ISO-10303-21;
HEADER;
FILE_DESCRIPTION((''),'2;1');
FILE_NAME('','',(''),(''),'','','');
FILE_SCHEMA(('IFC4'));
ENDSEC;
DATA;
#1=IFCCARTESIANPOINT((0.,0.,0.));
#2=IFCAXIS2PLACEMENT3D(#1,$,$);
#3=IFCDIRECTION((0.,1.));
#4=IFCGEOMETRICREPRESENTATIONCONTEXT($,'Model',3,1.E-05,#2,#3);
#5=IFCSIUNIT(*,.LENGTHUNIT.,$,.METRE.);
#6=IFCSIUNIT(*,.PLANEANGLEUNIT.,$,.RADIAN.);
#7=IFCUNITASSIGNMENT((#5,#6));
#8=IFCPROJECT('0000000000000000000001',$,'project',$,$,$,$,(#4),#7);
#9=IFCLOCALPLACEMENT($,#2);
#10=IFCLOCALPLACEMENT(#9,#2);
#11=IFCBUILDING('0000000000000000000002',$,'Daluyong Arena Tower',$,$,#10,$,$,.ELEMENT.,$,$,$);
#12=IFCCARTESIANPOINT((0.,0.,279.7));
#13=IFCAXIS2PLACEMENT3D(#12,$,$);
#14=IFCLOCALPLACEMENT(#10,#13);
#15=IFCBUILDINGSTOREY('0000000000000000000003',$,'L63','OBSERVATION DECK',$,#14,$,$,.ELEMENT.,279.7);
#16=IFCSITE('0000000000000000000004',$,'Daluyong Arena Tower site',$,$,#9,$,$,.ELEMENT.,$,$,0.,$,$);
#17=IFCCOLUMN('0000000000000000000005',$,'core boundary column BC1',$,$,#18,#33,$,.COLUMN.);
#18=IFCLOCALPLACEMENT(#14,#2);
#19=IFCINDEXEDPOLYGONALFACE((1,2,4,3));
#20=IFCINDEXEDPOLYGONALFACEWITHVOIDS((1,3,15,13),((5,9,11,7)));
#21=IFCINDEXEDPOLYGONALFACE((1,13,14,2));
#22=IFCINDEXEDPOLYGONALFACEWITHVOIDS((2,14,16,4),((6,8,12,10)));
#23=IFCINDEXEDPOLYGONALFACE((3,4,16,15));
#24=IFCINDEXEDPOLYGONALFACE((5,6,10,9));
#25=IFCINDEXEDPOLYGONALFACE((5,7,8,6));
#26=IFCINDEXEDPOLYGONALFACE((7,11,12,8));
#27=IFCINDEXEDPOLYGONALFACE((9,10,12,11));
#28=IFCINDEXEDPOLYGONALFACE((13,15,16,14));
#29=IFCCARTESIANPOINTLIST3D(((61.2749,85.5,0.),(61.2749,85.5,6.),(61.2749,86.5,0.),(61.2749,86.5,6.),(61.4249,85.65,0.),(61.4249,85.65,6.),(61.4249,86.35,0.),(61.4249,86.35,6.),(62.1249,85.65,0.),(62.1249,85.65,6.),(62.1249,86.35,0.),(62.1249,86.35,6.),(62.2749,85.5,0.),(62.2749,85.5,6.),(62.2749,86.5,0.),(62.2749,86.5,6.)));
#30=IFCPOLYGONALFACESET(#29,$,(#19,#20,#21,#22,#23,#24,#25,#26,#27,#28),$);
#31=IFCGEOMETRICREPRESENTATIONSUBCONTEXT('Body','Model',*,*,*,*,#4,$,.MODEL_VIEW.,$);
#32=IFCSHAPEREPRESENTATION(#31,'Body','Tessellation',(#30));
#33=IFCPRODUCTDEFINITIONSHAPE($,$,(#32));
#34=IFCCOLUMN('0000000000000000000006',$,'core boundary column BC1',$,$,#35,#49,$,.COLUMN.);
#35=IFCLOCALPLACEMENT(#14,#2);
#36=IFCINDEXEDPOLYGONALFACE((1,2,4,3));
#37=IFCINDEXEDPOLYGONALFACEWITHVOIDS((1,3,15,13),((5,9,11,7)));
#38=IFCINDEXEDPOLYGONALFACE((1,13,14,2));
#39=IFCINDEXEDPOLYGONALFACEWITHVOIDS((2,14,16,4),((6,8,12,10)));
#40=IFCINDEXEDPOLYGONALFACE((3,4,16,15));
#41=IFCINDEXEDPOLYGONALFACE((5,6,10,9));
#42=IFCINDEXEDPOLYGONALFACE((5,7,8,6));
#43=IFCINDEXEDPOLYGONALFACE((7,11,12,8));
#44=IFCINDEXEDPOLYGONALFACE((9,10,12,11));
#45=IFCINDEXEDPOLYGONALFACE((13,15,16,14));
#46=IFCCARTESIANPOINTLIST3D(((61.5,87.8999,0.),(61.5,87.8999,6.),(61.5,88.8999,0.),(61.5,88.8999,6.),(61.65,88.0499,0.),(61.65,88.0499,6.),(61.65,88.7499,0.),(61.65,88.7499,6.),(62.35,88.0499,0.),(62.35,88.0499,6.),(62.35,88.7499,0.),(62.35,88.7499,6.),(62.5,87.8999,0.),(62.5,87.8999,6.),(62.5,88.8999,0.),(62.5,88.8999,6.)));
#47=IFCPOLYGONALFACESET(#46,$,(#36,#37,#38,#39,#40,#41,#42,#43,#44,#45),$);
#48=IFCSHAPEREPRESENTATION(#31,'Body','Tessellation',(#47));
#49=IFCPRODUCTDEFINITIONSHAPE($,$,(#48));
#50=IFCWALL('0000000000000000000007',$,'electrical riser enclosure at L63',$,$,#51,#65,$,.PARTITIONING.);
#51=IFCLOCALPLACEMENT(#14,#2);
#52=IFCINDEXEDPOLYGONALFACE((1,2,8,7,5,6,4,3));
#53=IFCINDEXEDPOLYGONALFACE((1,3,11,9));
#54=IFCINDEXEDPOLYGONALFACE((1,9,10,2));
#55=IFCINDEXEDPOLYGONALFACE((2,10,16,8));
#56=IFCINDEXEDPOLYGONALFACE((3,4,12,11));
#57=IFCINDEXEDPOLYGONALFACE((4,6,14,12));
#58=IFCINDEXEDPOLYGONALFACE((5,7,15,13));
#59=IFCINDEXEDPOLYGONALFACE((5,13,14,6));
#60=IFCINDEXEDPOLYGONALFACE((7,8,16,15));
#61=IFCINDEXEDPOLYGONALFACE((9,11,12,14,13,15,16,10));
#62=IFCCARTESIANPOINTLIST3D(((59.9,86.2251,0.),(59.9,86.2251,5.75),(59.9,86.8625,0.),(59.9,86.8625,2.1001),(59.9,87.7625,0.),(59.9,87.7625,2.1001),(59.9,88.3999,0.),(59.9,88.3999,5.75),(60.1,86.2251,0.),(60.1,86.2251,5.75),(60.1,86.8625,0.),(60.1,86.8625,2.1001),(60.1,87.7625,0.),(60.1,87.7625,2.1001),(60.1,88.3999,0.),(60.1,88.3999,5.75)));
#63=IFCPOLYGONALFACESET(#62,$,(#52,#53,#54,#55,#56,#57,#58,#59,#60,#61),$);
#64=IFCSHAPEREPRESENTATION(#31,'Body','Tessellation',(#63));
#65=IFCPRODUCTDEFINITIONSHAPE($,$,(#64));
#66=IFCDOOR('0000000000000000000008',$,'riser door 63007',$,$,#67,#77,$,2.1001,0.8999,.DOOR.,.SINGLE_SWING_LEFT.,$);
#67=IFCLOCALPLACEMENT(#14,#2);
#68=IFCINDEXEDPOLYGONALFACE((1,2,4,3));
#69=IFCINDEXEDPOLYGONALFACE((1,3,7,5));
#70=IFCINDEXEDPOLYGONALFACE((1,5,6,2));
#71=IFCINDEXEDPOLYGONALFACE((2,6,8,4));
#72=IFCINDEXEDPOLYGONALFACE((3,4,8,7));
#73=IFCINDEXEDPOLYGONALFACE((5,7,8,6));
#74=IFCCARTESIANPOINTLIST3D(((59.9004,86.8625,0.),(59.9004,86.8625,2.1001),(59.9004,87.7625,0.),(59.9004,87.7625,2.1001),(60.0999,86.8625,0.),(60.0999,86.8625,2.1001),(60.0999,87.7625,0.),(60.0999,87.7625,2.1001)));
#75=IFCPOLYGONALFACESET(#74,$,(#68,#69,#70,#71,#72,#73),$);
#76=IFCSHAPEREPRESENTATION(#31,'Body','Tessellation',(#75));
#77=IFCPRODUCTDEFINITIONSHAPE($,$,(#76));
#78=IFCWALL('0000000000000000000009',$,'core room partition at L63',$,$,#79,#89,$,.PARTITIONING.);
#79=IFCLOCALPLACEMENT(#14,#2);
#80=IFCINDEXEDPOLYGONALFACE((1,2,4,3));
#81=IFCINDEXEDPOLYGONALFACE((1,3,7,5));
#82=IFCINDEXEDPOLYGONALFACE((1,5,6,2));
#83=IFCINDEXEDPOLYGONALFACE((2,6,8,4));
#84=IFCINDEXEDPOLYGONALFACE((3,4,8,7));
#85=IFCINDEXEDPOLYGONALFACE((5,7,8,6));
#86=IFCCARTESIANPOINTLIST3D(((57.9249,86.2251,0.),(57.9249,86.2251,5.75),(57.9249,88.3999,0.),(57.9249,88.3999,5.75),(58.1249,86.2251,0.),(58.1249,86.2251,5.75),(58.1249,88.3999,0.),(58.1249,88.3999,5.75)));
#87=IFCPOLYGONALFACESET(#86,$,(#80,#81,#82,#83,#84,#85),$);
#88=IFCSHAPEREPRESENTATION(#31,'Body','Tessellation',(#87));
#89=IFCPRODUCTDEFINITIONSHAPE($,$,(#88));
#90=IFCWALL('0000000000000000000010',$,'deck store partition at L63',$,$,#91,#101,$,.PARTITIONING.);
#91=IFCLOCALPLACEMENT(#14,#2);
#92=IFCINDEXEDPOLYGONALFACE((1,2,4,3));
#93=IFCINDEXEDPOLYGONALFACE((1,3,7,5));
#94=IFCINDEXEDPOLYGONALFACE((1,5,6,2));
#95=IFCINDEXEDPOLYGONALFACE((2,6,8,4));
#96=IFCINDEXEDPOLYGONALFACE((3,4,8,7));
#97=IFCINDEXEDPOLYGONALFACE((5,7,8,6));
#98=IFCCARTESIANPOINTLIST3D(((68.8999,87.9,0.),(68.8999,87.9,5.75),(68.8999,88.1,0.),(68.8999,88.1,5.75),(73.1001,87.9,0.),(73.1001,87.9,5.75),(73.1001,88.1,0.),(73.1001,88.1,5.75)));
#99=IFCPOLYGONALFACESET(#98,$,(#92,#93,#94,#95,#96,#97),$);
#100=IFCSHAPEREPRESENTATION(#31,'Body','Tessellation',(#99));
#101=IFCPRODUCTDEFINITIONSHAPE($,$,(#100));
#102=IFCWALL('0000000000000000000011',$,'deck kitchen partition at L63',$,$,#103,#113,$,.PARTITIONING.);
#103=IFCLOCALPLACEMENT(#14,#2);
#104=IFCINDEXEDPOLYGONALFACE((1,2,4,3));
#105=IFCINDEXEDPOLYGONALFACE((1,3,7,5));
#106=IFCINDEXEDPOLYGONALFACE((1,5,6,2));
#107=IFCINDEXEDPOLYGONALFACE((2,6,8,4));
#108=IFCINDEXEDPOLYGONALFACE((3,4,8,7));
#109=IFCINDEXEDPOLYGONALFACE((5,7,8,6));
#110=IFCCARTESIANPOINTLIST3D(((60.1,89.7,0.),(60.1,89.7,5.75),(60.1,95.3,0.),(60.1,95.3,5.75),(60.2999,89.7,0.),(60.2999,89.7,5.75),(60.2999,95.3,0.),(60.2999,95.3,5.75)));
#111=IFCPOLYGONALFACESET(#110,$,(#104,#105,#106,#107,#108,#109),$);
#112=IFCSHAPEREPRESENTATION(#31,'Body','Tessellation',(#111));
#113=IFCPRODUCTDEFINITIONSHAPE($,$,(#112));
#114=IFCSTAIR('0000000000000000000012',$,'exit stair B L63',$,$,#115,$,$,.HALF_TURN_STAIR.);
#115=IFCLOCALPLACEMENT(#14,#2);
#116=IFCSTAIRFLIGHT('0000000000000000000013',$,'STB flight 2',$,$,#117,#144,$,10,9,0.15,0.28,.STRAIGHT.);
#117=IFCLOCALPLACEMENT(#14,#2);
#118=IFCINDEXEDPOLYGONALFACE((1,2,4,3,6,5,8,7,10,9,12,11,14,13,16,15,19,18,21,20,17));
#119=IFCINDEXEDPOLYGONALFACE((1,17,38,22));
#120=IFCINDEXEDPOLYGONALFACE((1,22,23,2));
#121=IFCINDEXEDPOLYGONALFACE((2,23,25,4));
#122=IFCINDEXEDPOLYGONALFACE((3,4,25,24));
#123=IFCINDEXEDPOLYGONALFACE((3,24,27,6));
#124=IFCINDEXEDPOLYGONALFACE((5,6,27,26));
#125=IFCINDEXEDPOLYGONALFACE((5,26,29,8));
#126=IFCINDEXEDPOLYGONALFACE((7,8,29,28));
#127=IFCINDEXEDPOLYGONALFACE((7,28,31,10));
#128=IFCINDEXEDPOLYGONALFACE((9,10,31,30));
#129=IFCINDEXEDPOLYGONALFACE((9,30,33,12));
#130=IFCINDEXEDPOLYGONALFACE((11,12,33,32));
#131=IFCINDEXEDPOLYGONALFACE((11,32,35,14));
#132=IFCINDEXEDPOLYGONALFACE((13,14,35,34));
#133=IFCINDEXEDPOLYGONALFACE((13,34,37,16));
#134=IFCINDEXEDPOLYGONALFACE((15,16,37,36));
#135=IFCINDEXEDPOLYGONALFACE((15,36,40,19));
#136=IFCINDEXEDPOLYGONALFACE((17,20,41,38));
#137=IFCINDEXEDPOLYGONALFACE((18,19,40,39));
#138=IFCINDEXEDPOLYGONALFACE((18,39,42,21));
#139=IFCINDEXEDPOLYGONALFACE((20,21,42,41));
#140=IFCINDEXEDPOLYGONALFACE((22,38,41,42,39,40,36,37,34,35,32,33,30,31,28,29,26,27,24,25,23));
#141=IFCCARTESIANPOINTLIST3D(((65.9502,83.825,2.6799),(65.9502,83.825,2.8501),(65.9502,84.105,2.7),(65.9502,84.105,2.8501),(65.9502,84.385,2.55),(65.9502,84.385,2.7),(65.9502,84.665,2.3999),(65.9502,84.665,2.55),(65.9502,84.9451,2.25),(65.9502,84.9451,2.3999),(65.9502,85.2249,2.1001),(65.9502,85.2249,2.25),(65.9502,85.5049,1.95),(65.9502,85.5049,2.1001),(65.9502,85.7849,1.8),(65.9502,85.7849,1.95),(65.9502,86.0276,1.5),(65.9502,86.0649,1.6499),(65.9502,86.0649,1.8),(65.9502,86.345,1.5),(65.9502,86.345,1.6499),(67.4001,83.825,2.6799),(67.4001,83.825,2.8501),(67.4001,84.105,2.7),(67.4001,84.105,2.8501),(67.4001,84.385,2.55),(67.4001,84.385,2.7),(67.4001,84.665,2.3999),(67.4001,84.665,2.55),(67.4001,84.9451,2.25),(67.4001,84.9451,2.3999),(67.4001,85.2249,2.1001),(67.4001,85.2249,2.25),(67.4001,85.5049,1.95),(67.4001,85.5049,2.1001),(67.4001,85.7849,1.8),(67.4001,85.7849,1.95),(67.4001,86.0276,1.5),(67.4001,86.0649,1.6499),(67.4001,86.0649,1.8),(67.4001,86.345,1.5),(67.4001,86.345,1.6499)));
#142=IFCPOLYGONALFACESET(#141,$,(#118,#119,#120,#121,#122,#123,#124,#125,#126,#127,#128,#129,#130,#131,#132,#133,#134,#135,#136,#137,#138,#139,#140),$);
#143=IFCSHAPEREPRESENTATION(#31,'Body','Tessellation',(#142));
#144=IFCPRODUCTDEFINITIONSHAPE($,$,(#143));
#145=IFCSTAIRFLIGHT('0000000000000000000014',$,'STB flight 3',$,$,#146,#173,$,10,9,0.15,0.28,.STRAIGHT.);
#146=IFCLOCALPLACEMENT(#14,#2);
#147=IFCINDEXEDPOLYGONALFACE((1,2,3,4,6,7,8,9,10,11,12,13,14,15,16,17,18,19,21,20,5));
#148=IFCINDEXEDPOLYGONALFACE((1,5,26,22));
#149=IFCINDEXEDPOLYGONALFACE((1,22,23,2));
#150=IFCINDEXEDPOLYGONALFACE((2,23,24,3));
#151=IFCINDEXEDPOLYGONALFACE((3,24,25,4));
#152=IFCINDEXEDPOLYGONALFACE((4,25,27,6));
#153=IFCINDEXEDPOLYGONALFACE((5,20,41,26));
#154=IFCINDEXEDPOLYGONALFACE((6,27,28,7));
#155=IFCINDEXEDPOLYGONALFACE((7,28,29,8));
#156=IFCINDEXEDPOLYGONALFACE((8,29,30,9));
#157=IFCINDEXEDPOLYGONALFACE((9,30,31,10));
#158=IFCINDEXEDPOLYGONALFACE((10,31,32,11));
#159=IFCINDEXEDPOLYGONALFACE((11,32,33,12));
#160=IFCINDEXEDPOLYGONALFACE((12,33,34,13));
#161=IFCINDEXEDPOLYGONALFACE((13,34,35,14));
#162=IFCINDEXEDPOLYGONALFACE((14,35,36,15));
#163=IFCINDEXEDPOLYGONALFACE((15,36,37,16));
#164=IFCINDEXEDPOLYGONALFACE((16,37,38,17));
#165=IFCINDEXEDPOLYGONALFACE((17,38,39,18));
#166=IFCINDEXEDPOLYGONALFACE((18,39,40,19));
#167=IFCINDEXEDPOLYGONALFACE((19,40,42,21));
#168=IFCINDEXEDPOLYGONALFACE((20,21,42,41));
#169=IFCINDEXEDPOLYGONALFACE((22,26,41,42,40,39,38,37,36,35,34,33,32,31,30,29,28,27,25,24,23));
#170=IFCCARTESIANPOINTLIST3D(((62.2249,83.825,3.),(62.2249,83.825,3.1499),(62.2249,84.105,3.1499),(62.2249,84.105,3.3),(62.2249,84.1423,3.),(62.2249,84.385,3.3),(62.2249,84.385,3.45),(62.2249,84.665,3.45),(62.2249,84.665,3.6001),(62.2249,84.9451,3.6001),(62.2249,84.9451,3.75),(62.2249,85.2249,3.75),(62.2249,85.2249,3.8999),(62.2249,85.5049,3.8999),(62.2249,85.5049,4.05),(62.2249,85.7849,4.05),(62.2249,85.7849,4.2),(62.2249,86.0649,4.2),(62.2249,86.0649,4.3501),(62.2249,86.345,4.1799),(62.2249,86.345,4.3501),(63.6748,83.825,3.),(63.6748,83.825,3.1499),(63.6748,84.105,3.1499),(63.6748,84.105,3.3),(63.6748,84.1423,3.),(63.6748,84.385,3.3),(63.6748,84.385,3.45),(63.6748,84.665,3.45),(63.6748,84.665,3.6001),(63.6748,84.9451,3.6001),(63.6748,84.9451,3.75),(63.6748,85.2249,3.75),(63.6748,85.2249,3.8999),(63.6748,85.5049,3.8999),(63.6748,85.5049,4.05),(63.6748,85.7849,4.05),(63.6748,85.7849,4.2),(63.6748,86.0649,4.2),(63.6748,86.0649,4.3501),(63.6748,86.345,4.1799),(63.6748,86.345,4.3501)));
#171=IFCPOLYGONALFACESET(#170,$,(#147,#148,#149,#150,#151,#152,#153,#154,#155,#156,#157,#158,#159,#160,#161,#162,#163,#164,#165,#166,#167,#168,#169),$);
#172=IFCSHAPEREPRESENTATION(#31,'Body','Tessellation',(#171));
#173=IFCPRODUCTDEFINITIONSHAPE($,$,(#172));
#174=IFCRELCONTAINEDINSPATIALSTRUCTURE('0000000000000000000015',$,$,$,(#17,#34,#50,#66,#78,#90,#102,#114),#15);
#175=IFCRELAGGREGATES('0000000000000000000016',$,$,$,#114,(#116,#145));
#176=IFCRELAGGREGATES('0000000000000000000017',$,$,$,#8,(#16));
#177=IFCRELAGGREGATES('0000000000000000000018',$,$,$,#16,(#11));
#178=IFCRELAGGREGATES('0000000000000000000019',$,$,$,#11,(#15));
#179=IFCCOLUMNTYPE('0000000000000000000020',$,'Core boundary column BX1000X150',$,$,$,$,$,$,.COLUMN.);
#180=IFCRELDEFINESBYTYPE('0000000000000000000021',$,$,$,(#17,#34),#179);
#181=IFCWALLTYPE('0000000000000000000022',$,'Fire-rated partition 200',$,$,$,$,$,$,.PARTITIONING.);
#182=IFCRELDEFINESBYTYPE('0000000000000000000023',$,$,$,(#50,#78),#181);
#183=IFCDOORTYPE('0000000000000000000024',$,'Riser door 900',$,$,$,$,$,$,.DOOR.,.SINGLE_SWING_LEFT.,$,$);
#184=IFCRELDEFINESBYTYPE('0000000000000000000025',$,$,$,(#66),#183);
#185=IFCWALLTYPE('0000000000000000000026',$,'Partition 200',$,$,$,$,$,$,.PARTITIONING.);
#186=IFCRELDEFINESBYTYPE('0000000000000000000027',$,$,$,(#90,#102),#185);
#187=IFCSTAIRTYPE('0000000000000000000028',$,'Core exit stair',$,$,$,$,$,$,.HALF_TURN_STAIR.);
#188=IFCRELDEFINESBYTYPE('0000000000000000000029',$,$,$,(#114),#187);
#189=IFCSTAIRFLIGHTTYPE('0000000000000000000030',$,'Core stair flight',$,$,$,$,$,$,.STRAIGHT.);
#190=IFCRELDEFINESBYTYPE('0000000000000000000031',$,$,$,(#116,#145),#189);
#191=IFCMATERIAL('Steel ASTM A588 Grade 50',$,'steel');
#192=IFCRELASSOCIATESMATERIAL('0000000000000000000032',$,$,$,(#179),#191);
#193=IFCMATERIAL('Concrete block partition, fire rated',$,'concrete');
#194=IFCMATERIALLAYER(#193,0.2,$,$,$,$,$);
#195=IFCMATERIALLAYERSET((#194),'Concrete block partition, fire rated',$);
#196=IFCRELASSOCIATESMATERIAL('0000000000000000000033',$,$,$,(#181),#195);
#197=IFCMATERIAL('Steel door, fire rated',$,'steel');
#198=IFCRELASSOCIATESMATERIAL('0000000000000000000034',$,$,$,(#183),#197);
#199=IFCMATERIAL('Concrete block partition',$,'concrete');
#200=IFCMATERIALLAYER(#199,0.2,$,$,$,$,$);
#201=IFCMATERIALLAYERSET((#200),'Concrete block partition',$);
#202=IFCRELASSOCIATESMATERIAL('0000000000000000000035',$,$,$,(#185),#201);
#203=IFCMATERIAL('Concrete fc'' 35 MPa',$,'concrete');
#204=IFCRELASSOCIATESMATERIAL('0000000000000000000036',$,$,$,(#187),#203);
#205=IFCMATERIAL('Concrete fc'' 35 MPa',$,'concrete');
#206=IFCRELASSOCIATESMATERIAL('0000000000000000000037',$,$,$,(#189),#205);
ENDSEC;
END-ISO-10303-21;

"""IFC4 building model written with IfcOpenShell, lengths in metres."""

from ifc_helpers import new_model, si_unit, direction, frame, frame_2d, origin, origin_2d, place, context, subcontext, project, spatial, polyline, rectangle, hollow_rectangle, outline, extrude, material, layer, layer_set, material_profile, profile_set, type_object, element, fill, aggregate, save


model = new_model("IFC4")

# Units and contexts
model_context = context("Model", 3, precision=1e-05, world=origin(), true_north=direction((0.0, 1.0)))
body_context = subcontext(model_context, "Body", "Model", "MODEL_VIEW")
ifc_project = project(units=[si_unit("LENGTHUNIT", "METRE"), si_unit("PLANEANGLEUNIT", "RADIAN")], contexts=[model_context])

# Site, building, storey
site_placement = place(None, origin())
site = spatial("IfcSite", under=ifc_project, at=site_placement, Name="Daluyong Arena Tower site", CompositionType="ELEMENT", RefElevation=0.0)
building_placement = place(site_placement, origin())
building = spatial("IfcBuilding", under=site, at=building_placement, Name="Daluyong Arena Tower", CompositionType="ELEMENT")
storey_placement = place(building_placement, frame((0.0, 0.0, 279.7)))
storey = spatial("IfcBuildingStorey", under=building, at=storey_placement, Name="L63", Description="OBSERVATION DECK", CompositionType="ELEMENT", Elevation=279.7)

# Columns
ifc_material_1 = material(Name="Steel ASTM A588 Grade 50", Category="steel")
ifc_material_profile = material_profile(ifc_material_1, hollow_rectangle(XDim=1.0, YDim=1.0, WallThickness=0.15, at=origin_2d()))
ifc_profile_set = profile_set([ifc_material_profile], Name="Steel ASTM A588 Grade 50")
column_type = type_object("IfcColumnType", Name="Core boundary column BX1000X150", PredefinedType="COLUMN", material=ifc_profile_set)
for number, where, z_axis, x_axis, name in (
    (1, (61.7749, 86.0, 0.0), (0.0, 0.0, 1.0), (1.0, 0.0, 0.0), "core boundary column BC1"),
    (2, (62.0, 88.3999, 0.0), (0.0, 0.0, 1.0), (1.0, 0.0, 0.0), "core boundary column BC1"),
):
    element("IfcColumn", number, at=place(storey_placement, frame(where, z_axis=z_axis, x_axis=x_axis)), inside=storey, type_object=column_type, Name=name, PredefinedType="COLUMN", context=body_context, shape_type="SweptSolid", body=[
        extrude(hollow_rectangle(XDim=1.0, YDim=1.0, WallThickness=0.15, at=origin_2d()), origin(), (0.0, 0.0, 1.0), 6.0),
    ])

# Wall, opening, door
ifc_material_2 = material(Name="Concrete block partition, fire rated", Category="concrete")
ifc_layer_1 = layer(ifc_material_2, 0.2)
ifc_layer_set_1 = layer_set([ifc_layer_1], Name="Concrete block partition, fire rated")
wall_type_1 = type_object("IfcWallType", Name="Fire-rated partition 200", PredefinedType="PARTITIONING", material=ifc_layer_set_1)
wall_1_placement = place(storey_placement, frame((60.0, 86.2251, 0.0), z_axis=(0.0, 0.0, 1.0), x_axis=(0.0, 1.0, 0.0)))
wall_1 = element("IfcWall", 3, at=wall_1_placement, inside=storey, type_object=wall_type_1, Name="electrical riser enclosure at L63", PredefinedType="PARTITIONING", context=body_context, shape_type="SweptSolid", body=[
    extrude(rectangle(XDim=2.1748, YDim=0.2, at=frame_2d((1.0874, 0.0))), origin(), (0.0, 0.0, 1.0), 5.75),
])
opening_placement = place(wall_1_placement, frame((0.6375, 0.0, 0.0)))
opening = element("IfcOpeningElement", 4, at=opening_placement, cuts=wall_1, PredefinedType="OPENING", context=body_context, shape_type="SweptSolid", body=[
    extrude(rectangle(XDim=0.8999, YDim=2.1001, at=frame_2d((0.45, 1.05))), frame((0.0, 0.1099, 0.0), z_axis=(0.0, -1.0, 0.0), x_axis=(1.0, 0.0, 0.0)), (0.0, 0.0, 1.0), 0.22),
])
ifc_material_3 = material(Name="Steel door, fire rated", Category="steel")
door_type = type_object("IfcDoorType", Name="Riser door 900", OperationType="SINGLE_SWING_LEFT", PredefinedType="DOOR", material=ifc_material_3)
door_placement = place(opening_placement, origin())
door = element("IfcDoor", 5, at=door_placement, inside=storey, type_object=door_type, Name="riser door 63007", OperationType="SINGLE_SWING_LEFT", OverallHeight=2.1001, OverallWidth=0.8999, PredefinedType="DOOR", context=body_context, shape_type="SweptSolid", body=[
    extrude(rectangle(XDim=0.8999, YDim=2.1001, at=frame_2d((0.45, 1.05))), frame((0.0, 0.0996, 0.0), z_axis=(0.0, -1.0, 0.0), x_axis=(1.0, 0.0, 0.0)), (0.0, 0.0, 1.0), 0.1995),
])
fill(opening, door)

# Walls
wall_2_placement = place(storey_placement, frame((58.0249, 86.2251, 0.0), z_axis=(0.0, 0.0, 1.0), x_axis=(0.0, 1.0, 0.0)))
element("IfcWall", 6, at=wall_2_placement, inside=storey, type_object=wall_type_1, Name="core room partition at L63", PredefinedType="PARTITIONING", context=body_context, shape_type="SweptSolid", body=[
    extrude(rectangle(XDim=2.1748, YDim=0.2, at=frame_2d((1.0874, 0.0))), origin(), (0.0, 0.0, 1.0), 5.75),
])
ifc_material_4 = material(Name="Concrete block partition", Category="concrete")
ifc_layer_2 = layer(ifc_material_4, 0.2)
ifc_layer_set_2 = layer_set([ifc_layer_2], Name="Concrete block partition")
wall_type_2 = type_object("IfcWallType", Name="Partition 200", PredefinedType="PARTITIONING", material=ifc_layer_set_2)
wall_3_placement = place(storey_placement, frame((68.8999, 88.0, 0.0), z_axis=(0.0, 0.0, 1.0), x_axis=(1.0, 0.0, 0.0)))
element("IfcWall", 7, at=wall_3_placement, inside=storey, type_object=wall_type_2, Name="deck store partition at L63", PredefinedType="PARTITIONING", context=body_context, shape_type="SweptSolid", body=[
    extrude(rectangle(XDim=4.2002, YDim=0.2, at=frame_2d((2.1001, 0.0))), origin(), (0.0, 0.0, 1.0), 5.75),
])
wall_4_placement = place(storey_placement, frame((60.2, 89.7, 0.0), z_axis=(0.0, 0.0, 1.0), x_axis=(0.0, 1.0, 0.0)))
element("IfcWall", 8, at=wall_4_placement, inside=storey, type_object=wall_type_2, Name="deck kitchen partition at L63", PredefinedType="PARTITIONING", context=body_context, shape_type="SweptSolid", body=[
    extrude(rectangle(XDim=5.6001, YDim=0.2, at=frame_2d((2.8, 0.0))), origin(), (0.0, 0.0, 1.0), 5.75),
])

# Stair, stair flights
ifc_material_5 = material(Name="Concrete fc' 35 MPa", Category="concrete")
stair_type = type_object("IfcStairType", Name="Core exit stair", PredefinedType="HALF_TURN_STAIR", material=ifc_material_5)
stair_placement = place(storey_placement, origin())
stair = element("IfcStair", 9, at=stair_placement, inside=storey, type_object=stair_type, Name="exit stair B L63", PredefinedType="HALF_TURN_STAIR")
ifc_material_6 = material(Name="Concrete fc' 35 MPa", Category="concrete")
stair_flight_type = type_object("IfcStairFlightType", Name="Core stair flight", PredefinedType="STRAIGHT", material=ifc_material_6)
stair_flight_1_placement = place(storey_placement, frame((66.675, 86.345, 1.5), z_axis=(0.0, 0.0, 1.0), x_axis=(0.0, -1.0, 0.0)))
stair_flight_1 = element("IfcStairFlight", 10, at=stair_flight_1_placement, type_object=stair_flight_type, Name="STB flight 2", NumberOfRisers=10, NumberOfTreads=9, PredefinedType="STRAIGHT", RiserHeight=0.15, TreadLength=0.28, context=body_context, shape_type="SweptSolid", body=[
    extrude(outline(polyline([(0.0, 0.0), (0.0, 0.1499), (0.28, 0.1499), (0.28, 0.3), (0.5601, 0.3), (0.5601, 0.45), (0.8401, 0.45), (0.8401, 0.6001), (1.1201, 0.6001), (1.1201, 0.75), (1.3999, 0.75), (1.3999, 0.8999), (1.6799, 0.8999), (1.6799, 1.05), (1.96, 1.05), (1.96, 1.2), (2.24, 1.2), (2.24, 1.3501), (2.52, 1.3501), (2.52, 1.5), (2.52, 1.1799), (0.3174, 0.0), (0.0, 0.0)])), frame((0.0, 0.7251, 0.0), z_axis=(0.0, -1.0, 0.0), x_axis=(1.0, 0.0, 0.0)), (0.0, 0.0, 1.0), 1.45),
])
stair_flight_2_placement = place(storey_placement, frame((62.95, 83.825, 3.0), z_axis=(0.0, 0.0, 1.0), x_axis=(0.0, 1.0, 0.0)))
stair_flight_2 = element("IfcStairFlight", 11, at=stair_flight_2_placement, type_object=stair_flight_type, Name="STB flight 3", NumberOfRisers=10, NumberOfTreads=9, PredefinedType="STRAIGHT", RiserHeight=0.15, TreadLength=0.28, context=body_context, shape_type="SweptSolid", body=[
    extrude(outline(polyline([(0.0, 0.0), (0.0, 0.1499), (0.28, 0.1499), (0.28, 0.3), (0.5601, 0.3), (0.5601, 0.45), (0.8401, 0.45), (0.8401, 0.6001), (1.1201, 0.6001), (1.1201, 0.75), (1.3999, 0.75), (1.3999, 0.8999), (1.6799, 0.8999), (1.6799, 1.05), (1.96, 1.05), (1.96, 1.2), (2.24, 1.2), (2.24, 1.3501), (2.52, 1.3501), (2.52, 1.5), (2.52, 1.1799), (0.3174, 0.0), (0.0, 0.0)])), frame((0.0, 0.7251, 0.0), z_axis=(0.0, -1.0, 0.0), x_axis=(1.0, 0.0, 0.0)), (0.0, 0.0, 1.0), 1.45),
])
aggregate(stair, [stair_flight_1, stair_flight_2])

save(model, "model.ifc")
